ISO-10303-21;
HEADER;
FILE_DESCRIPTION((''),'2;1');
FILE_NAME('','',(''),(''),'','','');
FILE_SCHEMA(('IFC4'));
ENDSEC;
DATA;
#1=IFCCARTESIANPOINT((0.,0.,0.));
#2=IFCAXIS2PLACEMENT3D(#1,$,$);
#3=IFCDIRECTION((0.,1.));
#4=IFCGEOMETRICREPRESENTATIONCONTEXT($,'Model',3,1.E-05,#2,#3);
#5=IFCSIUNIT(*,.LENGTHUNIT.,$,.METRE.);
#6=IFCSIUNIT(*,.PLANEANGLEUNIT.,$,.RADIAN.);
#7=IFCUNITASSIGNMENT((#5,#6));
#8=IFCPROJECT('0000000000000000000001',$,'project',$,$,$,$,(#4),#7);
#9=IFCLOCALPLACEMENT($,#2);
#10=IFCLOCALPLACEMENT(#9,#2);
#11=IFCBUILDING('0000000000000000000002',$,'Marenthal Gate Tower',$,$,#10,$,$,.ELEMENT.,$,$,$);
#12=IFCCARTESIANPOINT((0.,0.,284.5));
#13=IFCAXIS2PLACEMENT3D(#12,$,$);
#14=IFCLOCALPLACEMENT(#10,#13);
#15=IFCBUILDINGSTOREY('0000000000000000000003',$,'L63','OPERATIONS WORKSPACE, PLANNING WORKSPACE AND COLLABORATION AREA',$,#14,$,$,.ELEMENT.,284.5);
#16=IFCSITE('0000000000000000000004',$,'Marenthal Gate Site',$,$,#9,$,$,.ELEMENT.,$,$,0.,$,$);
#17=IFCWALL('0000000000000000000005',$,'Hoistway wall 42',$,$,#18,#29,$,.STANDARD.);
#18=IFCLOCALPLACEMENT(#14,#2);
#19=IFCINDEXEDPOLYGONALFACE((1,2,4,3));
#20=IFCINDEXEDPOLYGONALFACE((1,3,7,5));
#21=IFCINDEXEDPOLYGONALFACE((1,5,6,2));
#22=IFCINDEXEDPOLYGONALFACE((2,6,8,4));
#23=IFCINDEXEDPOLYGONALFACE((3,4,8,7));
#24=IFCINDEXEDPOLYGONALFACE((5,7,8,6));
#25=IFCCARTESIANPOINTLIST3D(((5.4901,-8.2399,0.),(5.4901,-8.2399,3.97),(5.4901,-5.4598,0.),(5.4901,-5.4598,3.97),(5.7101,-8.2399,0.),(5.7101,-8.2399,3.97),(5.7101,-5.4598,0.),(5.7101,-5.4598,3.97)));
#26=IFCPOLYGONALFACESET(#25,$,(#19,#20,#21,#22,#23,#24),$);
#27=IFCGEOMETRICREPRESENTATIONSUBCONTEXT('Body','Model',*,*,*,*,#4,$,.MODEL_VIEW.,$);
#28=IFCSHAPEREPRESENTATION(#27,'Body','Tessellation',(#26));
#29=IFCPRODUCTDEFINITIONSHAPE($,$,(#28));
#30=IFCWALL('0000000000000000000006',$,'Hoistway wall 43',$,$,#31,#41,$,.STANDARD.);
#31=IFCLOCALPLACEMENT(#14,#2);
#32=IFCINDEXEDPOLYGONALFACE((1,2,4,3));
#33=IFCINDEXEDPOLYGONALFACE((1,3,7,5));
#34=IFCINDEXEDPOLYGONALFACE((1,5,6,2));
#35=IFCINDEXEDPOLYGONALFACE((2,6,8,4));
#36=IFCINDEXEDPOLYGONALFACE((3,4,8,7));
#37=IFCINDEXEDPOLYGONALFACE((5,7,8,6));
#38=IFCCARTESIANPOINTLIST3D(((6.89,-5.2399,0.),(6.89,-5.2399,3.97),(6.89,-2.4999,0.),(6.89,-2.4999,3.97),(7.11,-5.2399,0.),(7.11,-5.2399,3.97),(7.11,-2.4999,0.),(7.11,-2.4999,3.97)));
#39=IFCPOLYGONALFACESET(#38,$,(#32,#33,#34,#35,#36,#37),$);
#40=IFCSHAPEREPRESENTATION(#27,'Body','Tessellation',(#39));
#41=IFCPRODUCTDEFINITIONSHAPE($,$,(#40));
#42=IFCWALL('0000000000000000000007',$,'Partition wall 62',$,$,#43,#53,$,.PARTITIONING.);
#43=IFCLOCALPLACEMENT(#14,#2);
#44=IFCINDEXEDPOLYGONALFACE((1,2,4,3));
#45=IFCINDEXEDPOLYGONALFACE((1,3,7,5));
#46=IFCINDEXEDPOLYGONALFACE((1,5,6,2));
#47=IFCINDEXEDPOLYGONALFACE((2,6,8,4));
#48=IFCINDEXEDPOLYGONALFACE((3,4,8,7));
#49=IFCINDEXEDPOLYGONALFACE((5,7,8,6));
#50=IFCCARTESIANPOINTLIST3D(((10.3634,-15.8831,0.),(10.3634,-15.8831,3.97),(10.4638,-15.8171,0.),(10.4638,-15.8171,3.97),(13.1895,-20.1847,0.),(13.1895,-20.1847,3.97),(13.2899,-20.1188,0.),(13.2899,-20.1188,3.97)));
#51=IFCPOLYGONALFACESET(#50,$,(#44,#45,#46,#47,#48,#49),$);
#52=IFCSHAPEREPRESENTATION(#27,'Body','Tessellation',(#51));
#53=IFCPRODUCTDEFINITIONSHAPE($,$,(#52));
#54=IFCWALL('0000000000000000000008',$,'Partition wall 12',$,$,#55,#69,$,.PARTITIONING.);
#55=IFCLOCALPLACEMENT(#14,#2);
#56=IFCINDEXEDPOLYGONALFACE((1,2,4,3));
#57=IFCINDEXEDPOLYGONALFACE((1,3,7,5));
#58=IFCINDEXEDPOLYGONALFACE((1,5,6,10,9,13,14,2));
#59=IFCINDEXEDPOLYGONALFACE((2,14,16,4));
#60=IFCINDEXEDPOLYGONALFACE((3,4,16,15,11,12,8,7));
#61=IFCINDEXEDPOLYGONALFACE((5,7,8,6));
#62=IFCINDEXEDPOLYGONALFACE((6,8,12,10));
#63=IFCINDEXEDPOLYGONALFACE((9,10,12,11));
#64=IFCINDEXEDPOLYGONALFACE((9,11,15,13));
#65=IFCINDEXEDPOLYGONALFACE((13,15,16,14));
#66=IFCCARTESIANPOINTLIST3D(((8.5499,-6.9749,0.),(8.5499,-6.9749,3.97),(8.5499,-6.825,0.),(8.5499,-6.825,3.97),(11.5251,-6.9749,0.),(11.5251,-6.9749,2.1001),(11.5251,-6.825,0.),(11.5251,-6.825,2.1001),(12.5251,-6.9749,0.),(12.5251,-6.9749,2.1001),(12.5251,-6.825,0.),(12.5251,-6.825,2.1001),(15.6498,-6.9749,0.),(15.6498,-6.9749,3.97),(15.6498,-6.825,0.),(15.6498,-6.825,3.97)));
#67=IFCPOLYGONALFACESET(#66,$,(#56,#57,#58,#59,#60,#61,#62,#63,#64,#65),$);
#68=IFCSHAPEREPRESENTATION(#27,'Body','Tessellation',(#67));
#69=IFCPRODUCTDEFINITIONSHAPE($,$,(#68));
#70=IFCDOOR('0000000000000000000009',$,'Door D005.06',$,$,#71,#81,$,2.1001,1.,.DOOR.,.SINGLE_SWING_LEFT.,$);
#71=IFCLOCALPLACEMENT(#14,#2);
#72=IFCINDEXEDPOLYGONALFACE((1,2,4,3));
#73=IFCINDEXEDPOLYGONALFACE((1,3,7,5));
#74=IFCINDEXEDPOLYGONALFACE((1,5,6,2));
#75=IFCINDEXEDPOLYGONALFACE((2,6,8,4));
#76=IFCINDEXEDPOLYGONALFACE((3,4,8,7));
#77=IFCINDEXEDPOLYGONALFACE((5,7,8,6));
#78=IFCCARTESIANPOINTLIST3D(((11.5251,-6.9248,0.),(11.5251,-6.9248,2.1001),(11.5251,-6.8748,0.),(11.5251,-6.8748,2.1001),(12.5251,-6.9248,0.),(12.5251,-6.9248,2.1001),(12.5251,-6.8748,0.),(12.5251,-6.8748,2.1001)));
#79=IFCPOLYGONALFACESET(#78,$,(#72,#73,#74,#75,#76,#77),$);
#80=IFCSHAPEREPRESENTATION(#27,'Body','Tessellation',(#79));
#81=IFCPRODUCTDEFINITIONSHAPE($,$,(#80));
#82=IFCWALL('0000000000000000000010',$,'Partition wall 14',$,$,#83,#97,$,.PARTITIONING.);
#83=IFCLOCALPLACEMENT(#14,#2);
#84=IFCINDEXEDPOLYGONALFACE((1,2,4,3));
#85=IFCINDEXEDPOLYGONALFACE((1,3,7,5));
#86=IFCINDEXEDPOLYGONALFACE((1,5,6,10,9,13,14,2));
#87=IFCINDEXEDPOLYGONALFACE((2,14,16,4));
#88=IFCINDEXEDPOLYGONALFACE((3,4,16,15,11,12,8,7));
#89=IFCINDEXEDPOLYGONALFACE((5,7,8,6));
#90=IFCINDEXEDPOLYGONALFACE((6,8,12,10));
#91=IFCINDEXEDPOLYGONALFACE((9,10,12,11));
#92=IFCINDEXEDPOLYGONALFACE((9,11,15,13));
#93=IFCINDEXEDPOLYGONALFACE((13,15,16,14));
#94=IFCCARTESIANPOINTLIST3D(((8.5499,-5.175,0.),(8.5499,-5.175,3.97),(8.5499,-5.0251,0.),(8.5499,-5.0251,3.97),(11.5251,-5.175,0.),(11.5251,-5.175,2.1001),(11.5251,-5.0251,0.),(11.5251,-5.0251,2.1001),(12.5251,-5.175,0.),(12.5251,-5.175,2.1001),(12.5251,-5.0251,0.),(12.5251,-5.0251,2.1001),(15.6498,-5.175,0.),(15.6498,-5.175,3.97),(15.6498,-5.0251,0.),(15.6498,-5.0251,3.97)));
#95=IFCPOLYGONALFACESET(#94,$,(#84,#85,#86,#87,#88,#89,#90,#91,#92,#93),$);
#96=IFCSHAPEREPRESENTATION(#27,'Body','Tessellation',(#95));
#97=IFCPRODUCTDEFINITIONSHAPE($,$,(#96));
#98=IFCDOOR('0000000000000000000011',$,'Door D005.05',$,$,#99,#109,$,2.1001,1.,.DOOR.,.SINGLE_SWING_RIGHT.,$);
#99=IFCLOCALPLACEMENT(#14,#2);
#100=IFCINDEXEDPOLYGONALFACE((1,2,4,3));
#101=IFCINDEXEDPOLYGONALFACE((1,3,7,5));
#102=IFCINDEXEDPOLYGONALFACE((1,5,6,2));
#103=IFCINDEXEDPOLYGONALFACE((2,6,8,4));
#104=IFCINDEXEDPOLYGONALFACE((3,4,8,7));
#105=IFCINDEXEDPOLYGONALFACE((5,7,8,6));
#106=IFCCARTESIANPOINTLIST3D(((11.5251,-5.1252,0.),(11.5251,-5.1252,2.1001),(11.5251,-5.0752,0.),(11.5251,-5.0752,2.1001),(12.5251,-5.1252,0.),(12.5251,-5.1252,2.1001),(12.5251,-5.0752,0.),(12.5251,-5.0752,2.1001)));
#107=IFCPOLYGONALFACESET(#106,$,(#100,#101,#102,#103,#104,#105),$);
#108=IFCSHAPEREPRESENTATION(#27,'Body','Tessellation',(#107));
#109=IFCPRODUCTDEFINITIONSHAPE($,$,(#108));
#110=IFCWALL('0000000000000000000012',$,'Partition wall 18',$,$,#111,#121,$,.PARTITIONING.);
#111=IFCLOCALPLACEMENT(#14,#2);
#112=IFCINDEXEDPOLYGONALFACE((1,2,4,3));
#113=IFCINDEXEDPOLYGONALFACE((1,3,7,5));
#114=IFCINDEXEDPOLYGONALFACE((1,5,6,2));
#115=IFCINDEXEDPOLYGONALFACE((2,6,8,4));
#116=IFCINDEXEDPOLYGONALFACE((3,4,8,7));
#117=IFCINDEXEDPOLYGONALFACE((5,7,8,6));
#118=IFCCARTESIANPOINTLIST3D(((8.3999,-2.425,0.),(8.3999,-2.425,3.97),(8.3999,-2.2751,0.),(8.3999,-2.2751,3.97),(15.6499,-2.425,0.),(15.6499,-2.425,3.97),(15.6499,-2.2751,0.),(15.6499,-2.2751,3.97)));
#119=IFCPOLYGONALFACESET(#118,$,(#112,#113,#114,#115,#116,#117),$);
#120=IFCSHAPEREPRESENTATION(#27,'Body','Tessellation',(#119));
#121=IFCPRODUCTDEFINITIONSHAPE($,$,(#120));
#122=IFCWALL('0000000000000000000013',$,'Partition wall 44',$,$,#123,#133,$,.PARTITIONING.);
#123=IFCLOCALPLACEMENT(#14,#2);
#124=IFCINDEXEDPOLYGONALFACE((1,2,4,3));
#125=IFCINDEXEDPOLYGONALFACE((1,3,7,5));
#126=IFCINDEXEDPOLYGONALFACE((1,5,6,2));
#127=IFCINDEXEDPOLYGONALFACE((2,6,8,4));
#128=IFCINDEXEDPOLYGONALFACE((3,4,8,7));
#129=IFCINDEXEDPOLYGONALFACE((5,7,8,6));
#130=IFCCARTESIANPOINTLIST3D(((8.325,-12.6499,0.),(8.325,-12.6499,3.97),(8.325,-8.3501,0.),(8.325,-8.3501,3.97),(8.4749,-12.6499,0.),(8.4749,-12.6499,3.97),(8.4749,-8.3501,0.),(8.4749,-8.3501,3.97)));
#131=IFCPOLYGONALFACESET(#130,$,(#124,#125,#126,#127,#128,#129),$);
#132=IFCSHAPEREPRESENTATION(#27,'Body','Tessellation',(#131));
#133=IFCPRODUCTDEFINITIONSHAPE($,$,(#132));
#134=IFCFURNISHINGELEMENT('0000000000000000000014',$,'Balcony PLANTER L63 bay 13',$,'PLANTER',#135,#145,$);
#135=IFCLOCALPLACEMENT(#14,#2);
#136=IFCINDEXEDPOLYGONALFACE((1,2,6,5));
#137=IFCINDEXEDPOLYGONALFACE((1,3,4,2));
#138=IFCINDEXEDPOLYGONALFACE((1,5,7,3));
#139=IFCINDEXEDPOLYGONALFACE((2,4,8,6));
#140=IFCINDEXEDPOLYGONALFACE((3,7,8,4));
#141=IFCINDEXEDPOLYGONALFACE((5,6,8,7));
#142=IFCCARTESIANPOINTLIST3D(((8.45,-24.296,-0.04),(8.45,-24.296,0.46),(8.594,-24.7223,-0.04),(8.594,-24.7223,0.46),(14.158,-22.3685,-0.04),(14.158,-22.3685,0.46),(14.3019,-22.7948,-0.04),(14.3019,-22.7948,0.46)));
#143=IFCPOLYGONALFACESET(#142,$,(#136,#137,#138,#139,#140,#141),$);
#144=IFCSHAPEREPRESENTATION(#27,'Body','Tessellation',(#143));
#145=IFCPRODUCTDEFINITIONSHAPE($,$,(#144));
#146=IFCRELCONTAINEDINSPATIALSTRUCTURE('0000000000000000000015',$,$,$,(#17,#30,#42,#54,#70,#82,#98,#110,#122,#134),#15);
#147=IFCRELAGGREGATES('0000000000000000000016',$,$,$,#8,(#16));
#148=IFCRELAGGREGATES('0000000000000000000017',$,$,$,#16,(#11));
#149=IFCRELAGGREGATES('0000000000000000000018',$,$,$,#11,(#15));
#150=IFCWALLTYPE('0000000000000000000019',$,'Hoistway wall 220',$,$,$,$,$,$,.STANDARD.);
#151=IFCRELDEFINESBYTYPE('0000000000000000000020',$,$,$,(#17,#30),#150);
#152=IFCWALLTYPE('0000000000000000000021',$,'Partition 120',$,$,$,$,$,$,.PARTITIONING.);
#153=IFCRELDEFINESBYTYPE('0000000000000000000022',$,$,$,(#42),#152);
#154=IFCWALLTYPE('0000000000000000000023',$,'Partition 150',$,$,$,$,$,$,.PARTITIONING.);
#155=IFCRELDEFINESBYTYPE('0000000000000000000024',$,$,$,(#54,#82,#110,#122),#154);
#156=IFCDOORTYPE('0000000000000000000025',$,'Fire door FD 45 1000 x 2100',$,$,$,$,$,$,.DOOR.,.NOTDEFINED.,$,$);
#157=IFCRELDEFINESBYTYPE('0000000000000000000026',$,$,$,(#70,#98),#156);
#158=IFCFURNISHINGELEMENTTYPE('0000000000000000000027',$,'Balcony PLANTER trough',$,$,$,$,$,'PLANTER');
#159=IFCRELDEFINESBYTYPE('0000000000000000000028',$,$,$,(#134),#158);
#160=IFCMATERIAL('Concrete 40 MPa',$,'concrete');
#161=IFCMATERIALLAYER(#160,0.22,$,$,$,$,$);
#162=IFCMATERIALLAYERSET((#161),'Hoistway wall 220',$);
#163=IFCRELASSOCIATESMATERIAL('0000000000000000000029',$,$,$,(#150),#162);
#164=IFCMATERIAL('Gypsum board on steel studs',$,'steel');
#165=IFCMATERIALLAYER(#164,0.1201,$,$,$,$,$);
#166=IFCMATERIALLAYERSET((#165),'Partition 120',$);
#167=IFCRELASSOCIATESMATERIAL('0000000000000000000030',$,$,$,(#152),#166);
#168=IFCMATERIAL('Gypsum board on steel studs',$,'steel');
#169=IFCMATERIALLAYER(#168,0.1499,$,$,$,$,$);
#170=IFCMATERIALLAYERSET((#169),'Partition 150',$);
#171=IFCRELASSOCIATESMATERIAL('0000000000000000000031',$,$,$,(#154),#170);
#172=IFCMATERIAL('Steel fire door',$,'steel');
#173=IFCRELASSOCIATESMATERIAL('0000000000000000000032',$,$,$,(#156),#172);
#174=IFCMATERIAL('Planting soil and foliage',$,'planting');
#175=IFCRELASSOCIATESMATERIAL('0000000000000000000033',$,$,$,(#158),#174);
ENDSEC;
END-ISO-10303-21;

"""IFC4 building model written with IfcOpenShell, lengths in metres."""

from ifc_helpers import new_model, si_unit, direction, frame, frame_2d, origin, origin_2d, place, context, subcontext, project, spatial, rectangle, extrude, material, layer, layer_set, type_object, element, fill, save


model = new_model("IFC4")

# Units and contexts
model_context = context("Model", 3, precision=1e-05, world=origin(), true_north=direction((0.0, 1.0)))
body_context = subcontext(model_context, "Body", "Model", "MODEL_VIEW")
ifc_project = project(units=[si_unit("LENGTHUNIT", "METRE"), si_unit("PLANEANGLEUNIT", "RADIAN")], contexts=[model_context])

# Site, building, storey
site_placement = place(None, origin())
site = spatial("IfcSite", under=ifc_project, at=site_placement, Name="Marenthal Gate Site", CompositionType="ELEMENT", RefElevation=0.0)
building_placement = place(site_placement, origin())
building = spatial("IfcBuilding", under=site, at=building_placement, Name="Marenthal Gate Tower", CompositionType="ELEMENT")
storey_placement = place(building_placement, frame((0.0, 0.0, 284.5)))
storey = spatial("IfcBuildingStorey", under=building, at=storey_placement, Name="L63", Description="OPERATIONS WORKSPACE, PLANNING WORKSPACE AND COLLABORATION AREA", CompositionType="ELEMENT", Elevation=284.5)

# Walls
ifc_material_1 = material(Name="Concrete 40 MPa", Category="concrete")
ifc_layer_1 = layer(ifc_material_1, 0.22)
ifc_layer_set_1 = layer_set([ifc_layer_1], Name="Hoistway wall 220")
wall_type_1 = type_object("IfcWallType", Name="Hoistway wall 220", PredefinedType="STANDARD", material=ifc_layer_set_1)
for number, where, z_axis, x_axis, name in (
    (1, (5.6001, -8.24, 0.0), (0.0, 0.0, 1.0), (0.0, 1.0, 0.0), "Hoistway wall 42"),
):
    element("IfcWall", number, at=place(storey_placement, frame(where, z_axis=z_axis, x_axis=x_axis)), inside=storey, type_object=wall_type_1, Name=name, PredefinedType="STANDARD", context=body_context, shape_type="SweptSolid", body=[
        extrude(rectangle(XDim=2.78, YDim=0.22, at=frame_2d((1.3901, 0.0))), origin(), (0.0, 0.0, 1.0), 3.97),
    ])
wall_1_placement = place(storey_placement, frame((7.0, -5.24, 0.0), z_axis=(0.0, 0.0, 1.0), x_axis=(0.0, 1.0, 0.0)))
element("IfcWall", 2, at=wall_1_placement, inside=storey, type_object=wall_type_1, Name="Hoistway wall 43", PredefinedType="STANDARD", context=body_context, shape_type="SweptSolid", body=[
    extrude(rectangle(XDim=2.74, YDim=0.22, at=frame_2d((1.3701, 0.0))), origin(), (0.0, 0.0, 1.0), 3.97),
])
ifc_material_2 = material(Name="Gypsum board on steel studs", Category="steel")
ifc_layer_2 = layer(ifc_material_2, 0.1201)
ifc_layer_set_2 = layer_set([ifc_layer_2], Name="Partition 120")
wall_type_2 = type_object("IfcWallType", Name="Partition 120", PredefinedType="PARTITIONING", material=ifc_layer_set_2)
wall_2_placement = place(storey_placement, frame((10.4136, -15.8501, 0.0), z_axis=(0.0, 0.0, 1.0), x_axis=(0.549083, -0.835768, 0.0)))
element("IfcWall", 3, at=wall_2_placement, inside=storey, type_object=wall_type_2, Name="Partition wall 62", PredefinedType="PARTITIONING", context=body_context, shape_type="SweptSolid", body=[
    extrude(rectangle(XDim=5.147, YDim=0.1201, at=frame_2d((2.5735, 0.0))), origin(), (0.0, 0.0, 1.0), 3.97),
])

# Walls, openings, doors
ifc_material_3 = material(Name="Gypsum board on steel studs", Category="steel")
ifc_layer_3 = layer(ifc_material_3, 0.1499)
ifc_layer_set_3 = layer_set([ifc_layer_3], Name="Partition 150")
wall_type_3 = type_object("IfcWallType", Name="Partition 150", PredefinedType="PARTITIONING", material=ifc_layer_set_3)
wall_3_placement = place(storey_placement, frame((8.55, -6.8999, 0.0), z_axis=(0.0, 0.0, 1.0), x_axis=(1.0, 0.0, 0.0)))
wall_3 = element("IfcWall", 4, at=wall_3_placement, inside=storey, type_object=wall_type_3, Name="Partition wall 12", PredefinedType="PARTITIONING", context=body_context, shape_type="SweptSolid", body=[
    extrude(rectangle(XDim=7.0999, YDim=0.1499, at=frame_2d((3.5498, 0.0))), origin(), (0.0, 0.0, 1.0), 3.97),
])
opening_1_placement = place(wall_3_placement, frame((2.9751, 0.0, 0.0)))
opening_1 = element("IfcOpeningElement", 5, at=opening_1_placement, cuts=wall_3, PredefinedType="OPENING", context=body_context, shape_type="SweptSolid", body=[
    extrude(rectangle(XDim=1.0, YDim=2.1001, at=frame_2d((0.5, 1.05))), frame((0.0, 0.085, 0.0), z_axis=(0.0, -1.0, 0.0), x_axis=(1.0, 0.0, 0.0)), (0.0, 0.0, 1.0), 0.1699),
])
ifc_material_4 = material(Name="Steel fire door", Category="steel")
door_type_1 = type_object("IfcDoorType", Name="Fire door FD 45 1000 x 2100", OperationType="NOTDEFINED", PredefinedType="DOOR", material=ifc_material_4)
door_1_placement = place(opening_1_placement, frame((1.0, 0.0, 0.0), z_axis=(0.0, 0.0, 1.0), x_axis=(-1.0, 0.0, 0.0)))
door_1 = element("IfcDoor", 6, at=door_1_placement, inside=storey, type_object=door_type_1, Name="Door D005.06", OperationType="SINGLE_SWING_LEFT", OverallHeight=2.1001, OverallWidth=1.0, PredefinedType="DOOR", context=body_context, shape_type="SweptSolid", body=[
    extrude(rectangle(XDim=1.0, YDim=2.1001, at=frame_2d((0.5, 1.05))), frame((0.0, 0.0249, 0.0), z_axis=(0.0, -1.0, 0.0), x_axis=(1.0, 0.0, 0.0)), (0.0, 0.0, 1.0), 0.05),
])
fill(opening_1, door_1)
wall_4_placement = place(storey_placement, frame((8.55, -5.1001, 0.0), z_axis=(0.0, 0.0, 1.0), x_axis=(1.0, 0.0, 0.0)))
wall_4 = element("IfcWall", 7, at=wall_4_placement, inside=storey, type_object=wall_type_3, Name="Partition wall 14", PredefinedType="PARTITIONING", context=body_context, shape_type="SweptSolid", body=[
    extrude(rectangle(XDim=7.0999, YDim=0.1499, at=frame_2d((3.5498, 0.0))), origin(), (0.0, 0.0, 1.0), 3.97),
])
opening_2_placement = place(wall_4_placement, frame((2.9751, 0.0, 0.0)))
opening_2 = element("IfcOpeningElement", 8, at=opening_2_placement, cuts=wall_4, PredefinedType="OPENING", context=body_context, shape_type="SweptSolid", body=[
    extrude(rectangle(XDim=1.0, YDim=2.1001, at=frame_2d((0.5, 1.05))), frame((0.0, 0.085, 0.0), z_axis=(0.0, -1.0, 0.0), x_axis=(1.0, 0.0, 0.0)), (0.0, 0.0, 1.0), 0.1699),
])
door_2_placement = place(opening_2_placement, origin())
door_2 = element("IfcDoor", 9, at=door_2_placement, inside=storey, type_object=door_type_1, Name="Door D005.05", OperationType="SINGLE_SWING_RIGHT", OverallHeight=2.1001, OverallWidth=1.0, PredefinedType="DOOR", context=body_context, shape_type="SweptSolid", body=[
    extrude(rectangle(XDim=1.0, YDim=2.1001, at=frame_2d((0.5, 1.05))), frame((0.0, 0.0249, 0.0), z_axis=(0.0, -1.0, 0.0), x_axis=(1.0, 0.0, 0.0)), (0.0, 0.0, 1.0), 0.05),
])
fill(opening_2, door_2)

# Walls
wall_5_placement = place(storey_placement, frame((8.3999, -2.3501, 0.0), z_axis=(0.0, 0.0, 1.0), x_axis=(1.0, 0.0, 0.0)))
element("IfcWall", 10, at=wall_5_placement, inside=storey, type_object=wall_type_3, Name="Partition wall 18", PredefinedType="PARTITIONING", context=body_context, shape_type="SweptSolid", body=[
    extrude(rectangle(XDim=7.25, YDim=0.1499, at=frame_2d((3.625, 0.0))), origin(), (0.0, 0.0, 1.0), 3.97),
])
wall_6_placement = place(storey_placement, frame((8.3999, -12.6499, 0.0), z_axis=(0.0, 0.0, 1.0), x_axis=(0.0, 1.0, 0.0)))
element("IfcWall", 11, at=wall_6_placement, inside=storey, type_object=wall_type_3, Name="Partition wall 44", PredefinedType="PARTITIONING", context=body_context, shape_type="SweptSolid", body=[
    extrude(rectangle(XDim=4.2998, YDim=0.1499, at=frame_2d((2.1499, 0.0))), origin(), (0.0, 0.0, 1.0), 3.97),
])

# Furnishing element
ifc_material_5 = material(Name="Planting soil and foliage", Category="planting")
furnishing_element_type = type_object("IfcFurnishingElementType", Name="Balcony PLANTER trough", ElementType="PLANTER", material=ifc_material_5)
furnishing_placement = place(storey_placement, frame((11.376, -23.5454, -0.04), z_axis=(0.0, 0.0, 1.0), x_axis=(0.947437, 0.319942, 0.0)))
element("IfcFurnishingElement", 12, at=furnishing_placement, inside=storey, type_object=furnishing_element_type, Name="Balcony PLANTER L63 bay 13", ObjectType="PLANTER", context=body_context, shape_type="SweptSolid", body=[
    extrude(rectangle(XDim=6.0247, YDim=0.45, at=origin_2d()), origin(), (0.0, 0.0, 1.0), 0.5),
])

save(model, "model.ifc")
